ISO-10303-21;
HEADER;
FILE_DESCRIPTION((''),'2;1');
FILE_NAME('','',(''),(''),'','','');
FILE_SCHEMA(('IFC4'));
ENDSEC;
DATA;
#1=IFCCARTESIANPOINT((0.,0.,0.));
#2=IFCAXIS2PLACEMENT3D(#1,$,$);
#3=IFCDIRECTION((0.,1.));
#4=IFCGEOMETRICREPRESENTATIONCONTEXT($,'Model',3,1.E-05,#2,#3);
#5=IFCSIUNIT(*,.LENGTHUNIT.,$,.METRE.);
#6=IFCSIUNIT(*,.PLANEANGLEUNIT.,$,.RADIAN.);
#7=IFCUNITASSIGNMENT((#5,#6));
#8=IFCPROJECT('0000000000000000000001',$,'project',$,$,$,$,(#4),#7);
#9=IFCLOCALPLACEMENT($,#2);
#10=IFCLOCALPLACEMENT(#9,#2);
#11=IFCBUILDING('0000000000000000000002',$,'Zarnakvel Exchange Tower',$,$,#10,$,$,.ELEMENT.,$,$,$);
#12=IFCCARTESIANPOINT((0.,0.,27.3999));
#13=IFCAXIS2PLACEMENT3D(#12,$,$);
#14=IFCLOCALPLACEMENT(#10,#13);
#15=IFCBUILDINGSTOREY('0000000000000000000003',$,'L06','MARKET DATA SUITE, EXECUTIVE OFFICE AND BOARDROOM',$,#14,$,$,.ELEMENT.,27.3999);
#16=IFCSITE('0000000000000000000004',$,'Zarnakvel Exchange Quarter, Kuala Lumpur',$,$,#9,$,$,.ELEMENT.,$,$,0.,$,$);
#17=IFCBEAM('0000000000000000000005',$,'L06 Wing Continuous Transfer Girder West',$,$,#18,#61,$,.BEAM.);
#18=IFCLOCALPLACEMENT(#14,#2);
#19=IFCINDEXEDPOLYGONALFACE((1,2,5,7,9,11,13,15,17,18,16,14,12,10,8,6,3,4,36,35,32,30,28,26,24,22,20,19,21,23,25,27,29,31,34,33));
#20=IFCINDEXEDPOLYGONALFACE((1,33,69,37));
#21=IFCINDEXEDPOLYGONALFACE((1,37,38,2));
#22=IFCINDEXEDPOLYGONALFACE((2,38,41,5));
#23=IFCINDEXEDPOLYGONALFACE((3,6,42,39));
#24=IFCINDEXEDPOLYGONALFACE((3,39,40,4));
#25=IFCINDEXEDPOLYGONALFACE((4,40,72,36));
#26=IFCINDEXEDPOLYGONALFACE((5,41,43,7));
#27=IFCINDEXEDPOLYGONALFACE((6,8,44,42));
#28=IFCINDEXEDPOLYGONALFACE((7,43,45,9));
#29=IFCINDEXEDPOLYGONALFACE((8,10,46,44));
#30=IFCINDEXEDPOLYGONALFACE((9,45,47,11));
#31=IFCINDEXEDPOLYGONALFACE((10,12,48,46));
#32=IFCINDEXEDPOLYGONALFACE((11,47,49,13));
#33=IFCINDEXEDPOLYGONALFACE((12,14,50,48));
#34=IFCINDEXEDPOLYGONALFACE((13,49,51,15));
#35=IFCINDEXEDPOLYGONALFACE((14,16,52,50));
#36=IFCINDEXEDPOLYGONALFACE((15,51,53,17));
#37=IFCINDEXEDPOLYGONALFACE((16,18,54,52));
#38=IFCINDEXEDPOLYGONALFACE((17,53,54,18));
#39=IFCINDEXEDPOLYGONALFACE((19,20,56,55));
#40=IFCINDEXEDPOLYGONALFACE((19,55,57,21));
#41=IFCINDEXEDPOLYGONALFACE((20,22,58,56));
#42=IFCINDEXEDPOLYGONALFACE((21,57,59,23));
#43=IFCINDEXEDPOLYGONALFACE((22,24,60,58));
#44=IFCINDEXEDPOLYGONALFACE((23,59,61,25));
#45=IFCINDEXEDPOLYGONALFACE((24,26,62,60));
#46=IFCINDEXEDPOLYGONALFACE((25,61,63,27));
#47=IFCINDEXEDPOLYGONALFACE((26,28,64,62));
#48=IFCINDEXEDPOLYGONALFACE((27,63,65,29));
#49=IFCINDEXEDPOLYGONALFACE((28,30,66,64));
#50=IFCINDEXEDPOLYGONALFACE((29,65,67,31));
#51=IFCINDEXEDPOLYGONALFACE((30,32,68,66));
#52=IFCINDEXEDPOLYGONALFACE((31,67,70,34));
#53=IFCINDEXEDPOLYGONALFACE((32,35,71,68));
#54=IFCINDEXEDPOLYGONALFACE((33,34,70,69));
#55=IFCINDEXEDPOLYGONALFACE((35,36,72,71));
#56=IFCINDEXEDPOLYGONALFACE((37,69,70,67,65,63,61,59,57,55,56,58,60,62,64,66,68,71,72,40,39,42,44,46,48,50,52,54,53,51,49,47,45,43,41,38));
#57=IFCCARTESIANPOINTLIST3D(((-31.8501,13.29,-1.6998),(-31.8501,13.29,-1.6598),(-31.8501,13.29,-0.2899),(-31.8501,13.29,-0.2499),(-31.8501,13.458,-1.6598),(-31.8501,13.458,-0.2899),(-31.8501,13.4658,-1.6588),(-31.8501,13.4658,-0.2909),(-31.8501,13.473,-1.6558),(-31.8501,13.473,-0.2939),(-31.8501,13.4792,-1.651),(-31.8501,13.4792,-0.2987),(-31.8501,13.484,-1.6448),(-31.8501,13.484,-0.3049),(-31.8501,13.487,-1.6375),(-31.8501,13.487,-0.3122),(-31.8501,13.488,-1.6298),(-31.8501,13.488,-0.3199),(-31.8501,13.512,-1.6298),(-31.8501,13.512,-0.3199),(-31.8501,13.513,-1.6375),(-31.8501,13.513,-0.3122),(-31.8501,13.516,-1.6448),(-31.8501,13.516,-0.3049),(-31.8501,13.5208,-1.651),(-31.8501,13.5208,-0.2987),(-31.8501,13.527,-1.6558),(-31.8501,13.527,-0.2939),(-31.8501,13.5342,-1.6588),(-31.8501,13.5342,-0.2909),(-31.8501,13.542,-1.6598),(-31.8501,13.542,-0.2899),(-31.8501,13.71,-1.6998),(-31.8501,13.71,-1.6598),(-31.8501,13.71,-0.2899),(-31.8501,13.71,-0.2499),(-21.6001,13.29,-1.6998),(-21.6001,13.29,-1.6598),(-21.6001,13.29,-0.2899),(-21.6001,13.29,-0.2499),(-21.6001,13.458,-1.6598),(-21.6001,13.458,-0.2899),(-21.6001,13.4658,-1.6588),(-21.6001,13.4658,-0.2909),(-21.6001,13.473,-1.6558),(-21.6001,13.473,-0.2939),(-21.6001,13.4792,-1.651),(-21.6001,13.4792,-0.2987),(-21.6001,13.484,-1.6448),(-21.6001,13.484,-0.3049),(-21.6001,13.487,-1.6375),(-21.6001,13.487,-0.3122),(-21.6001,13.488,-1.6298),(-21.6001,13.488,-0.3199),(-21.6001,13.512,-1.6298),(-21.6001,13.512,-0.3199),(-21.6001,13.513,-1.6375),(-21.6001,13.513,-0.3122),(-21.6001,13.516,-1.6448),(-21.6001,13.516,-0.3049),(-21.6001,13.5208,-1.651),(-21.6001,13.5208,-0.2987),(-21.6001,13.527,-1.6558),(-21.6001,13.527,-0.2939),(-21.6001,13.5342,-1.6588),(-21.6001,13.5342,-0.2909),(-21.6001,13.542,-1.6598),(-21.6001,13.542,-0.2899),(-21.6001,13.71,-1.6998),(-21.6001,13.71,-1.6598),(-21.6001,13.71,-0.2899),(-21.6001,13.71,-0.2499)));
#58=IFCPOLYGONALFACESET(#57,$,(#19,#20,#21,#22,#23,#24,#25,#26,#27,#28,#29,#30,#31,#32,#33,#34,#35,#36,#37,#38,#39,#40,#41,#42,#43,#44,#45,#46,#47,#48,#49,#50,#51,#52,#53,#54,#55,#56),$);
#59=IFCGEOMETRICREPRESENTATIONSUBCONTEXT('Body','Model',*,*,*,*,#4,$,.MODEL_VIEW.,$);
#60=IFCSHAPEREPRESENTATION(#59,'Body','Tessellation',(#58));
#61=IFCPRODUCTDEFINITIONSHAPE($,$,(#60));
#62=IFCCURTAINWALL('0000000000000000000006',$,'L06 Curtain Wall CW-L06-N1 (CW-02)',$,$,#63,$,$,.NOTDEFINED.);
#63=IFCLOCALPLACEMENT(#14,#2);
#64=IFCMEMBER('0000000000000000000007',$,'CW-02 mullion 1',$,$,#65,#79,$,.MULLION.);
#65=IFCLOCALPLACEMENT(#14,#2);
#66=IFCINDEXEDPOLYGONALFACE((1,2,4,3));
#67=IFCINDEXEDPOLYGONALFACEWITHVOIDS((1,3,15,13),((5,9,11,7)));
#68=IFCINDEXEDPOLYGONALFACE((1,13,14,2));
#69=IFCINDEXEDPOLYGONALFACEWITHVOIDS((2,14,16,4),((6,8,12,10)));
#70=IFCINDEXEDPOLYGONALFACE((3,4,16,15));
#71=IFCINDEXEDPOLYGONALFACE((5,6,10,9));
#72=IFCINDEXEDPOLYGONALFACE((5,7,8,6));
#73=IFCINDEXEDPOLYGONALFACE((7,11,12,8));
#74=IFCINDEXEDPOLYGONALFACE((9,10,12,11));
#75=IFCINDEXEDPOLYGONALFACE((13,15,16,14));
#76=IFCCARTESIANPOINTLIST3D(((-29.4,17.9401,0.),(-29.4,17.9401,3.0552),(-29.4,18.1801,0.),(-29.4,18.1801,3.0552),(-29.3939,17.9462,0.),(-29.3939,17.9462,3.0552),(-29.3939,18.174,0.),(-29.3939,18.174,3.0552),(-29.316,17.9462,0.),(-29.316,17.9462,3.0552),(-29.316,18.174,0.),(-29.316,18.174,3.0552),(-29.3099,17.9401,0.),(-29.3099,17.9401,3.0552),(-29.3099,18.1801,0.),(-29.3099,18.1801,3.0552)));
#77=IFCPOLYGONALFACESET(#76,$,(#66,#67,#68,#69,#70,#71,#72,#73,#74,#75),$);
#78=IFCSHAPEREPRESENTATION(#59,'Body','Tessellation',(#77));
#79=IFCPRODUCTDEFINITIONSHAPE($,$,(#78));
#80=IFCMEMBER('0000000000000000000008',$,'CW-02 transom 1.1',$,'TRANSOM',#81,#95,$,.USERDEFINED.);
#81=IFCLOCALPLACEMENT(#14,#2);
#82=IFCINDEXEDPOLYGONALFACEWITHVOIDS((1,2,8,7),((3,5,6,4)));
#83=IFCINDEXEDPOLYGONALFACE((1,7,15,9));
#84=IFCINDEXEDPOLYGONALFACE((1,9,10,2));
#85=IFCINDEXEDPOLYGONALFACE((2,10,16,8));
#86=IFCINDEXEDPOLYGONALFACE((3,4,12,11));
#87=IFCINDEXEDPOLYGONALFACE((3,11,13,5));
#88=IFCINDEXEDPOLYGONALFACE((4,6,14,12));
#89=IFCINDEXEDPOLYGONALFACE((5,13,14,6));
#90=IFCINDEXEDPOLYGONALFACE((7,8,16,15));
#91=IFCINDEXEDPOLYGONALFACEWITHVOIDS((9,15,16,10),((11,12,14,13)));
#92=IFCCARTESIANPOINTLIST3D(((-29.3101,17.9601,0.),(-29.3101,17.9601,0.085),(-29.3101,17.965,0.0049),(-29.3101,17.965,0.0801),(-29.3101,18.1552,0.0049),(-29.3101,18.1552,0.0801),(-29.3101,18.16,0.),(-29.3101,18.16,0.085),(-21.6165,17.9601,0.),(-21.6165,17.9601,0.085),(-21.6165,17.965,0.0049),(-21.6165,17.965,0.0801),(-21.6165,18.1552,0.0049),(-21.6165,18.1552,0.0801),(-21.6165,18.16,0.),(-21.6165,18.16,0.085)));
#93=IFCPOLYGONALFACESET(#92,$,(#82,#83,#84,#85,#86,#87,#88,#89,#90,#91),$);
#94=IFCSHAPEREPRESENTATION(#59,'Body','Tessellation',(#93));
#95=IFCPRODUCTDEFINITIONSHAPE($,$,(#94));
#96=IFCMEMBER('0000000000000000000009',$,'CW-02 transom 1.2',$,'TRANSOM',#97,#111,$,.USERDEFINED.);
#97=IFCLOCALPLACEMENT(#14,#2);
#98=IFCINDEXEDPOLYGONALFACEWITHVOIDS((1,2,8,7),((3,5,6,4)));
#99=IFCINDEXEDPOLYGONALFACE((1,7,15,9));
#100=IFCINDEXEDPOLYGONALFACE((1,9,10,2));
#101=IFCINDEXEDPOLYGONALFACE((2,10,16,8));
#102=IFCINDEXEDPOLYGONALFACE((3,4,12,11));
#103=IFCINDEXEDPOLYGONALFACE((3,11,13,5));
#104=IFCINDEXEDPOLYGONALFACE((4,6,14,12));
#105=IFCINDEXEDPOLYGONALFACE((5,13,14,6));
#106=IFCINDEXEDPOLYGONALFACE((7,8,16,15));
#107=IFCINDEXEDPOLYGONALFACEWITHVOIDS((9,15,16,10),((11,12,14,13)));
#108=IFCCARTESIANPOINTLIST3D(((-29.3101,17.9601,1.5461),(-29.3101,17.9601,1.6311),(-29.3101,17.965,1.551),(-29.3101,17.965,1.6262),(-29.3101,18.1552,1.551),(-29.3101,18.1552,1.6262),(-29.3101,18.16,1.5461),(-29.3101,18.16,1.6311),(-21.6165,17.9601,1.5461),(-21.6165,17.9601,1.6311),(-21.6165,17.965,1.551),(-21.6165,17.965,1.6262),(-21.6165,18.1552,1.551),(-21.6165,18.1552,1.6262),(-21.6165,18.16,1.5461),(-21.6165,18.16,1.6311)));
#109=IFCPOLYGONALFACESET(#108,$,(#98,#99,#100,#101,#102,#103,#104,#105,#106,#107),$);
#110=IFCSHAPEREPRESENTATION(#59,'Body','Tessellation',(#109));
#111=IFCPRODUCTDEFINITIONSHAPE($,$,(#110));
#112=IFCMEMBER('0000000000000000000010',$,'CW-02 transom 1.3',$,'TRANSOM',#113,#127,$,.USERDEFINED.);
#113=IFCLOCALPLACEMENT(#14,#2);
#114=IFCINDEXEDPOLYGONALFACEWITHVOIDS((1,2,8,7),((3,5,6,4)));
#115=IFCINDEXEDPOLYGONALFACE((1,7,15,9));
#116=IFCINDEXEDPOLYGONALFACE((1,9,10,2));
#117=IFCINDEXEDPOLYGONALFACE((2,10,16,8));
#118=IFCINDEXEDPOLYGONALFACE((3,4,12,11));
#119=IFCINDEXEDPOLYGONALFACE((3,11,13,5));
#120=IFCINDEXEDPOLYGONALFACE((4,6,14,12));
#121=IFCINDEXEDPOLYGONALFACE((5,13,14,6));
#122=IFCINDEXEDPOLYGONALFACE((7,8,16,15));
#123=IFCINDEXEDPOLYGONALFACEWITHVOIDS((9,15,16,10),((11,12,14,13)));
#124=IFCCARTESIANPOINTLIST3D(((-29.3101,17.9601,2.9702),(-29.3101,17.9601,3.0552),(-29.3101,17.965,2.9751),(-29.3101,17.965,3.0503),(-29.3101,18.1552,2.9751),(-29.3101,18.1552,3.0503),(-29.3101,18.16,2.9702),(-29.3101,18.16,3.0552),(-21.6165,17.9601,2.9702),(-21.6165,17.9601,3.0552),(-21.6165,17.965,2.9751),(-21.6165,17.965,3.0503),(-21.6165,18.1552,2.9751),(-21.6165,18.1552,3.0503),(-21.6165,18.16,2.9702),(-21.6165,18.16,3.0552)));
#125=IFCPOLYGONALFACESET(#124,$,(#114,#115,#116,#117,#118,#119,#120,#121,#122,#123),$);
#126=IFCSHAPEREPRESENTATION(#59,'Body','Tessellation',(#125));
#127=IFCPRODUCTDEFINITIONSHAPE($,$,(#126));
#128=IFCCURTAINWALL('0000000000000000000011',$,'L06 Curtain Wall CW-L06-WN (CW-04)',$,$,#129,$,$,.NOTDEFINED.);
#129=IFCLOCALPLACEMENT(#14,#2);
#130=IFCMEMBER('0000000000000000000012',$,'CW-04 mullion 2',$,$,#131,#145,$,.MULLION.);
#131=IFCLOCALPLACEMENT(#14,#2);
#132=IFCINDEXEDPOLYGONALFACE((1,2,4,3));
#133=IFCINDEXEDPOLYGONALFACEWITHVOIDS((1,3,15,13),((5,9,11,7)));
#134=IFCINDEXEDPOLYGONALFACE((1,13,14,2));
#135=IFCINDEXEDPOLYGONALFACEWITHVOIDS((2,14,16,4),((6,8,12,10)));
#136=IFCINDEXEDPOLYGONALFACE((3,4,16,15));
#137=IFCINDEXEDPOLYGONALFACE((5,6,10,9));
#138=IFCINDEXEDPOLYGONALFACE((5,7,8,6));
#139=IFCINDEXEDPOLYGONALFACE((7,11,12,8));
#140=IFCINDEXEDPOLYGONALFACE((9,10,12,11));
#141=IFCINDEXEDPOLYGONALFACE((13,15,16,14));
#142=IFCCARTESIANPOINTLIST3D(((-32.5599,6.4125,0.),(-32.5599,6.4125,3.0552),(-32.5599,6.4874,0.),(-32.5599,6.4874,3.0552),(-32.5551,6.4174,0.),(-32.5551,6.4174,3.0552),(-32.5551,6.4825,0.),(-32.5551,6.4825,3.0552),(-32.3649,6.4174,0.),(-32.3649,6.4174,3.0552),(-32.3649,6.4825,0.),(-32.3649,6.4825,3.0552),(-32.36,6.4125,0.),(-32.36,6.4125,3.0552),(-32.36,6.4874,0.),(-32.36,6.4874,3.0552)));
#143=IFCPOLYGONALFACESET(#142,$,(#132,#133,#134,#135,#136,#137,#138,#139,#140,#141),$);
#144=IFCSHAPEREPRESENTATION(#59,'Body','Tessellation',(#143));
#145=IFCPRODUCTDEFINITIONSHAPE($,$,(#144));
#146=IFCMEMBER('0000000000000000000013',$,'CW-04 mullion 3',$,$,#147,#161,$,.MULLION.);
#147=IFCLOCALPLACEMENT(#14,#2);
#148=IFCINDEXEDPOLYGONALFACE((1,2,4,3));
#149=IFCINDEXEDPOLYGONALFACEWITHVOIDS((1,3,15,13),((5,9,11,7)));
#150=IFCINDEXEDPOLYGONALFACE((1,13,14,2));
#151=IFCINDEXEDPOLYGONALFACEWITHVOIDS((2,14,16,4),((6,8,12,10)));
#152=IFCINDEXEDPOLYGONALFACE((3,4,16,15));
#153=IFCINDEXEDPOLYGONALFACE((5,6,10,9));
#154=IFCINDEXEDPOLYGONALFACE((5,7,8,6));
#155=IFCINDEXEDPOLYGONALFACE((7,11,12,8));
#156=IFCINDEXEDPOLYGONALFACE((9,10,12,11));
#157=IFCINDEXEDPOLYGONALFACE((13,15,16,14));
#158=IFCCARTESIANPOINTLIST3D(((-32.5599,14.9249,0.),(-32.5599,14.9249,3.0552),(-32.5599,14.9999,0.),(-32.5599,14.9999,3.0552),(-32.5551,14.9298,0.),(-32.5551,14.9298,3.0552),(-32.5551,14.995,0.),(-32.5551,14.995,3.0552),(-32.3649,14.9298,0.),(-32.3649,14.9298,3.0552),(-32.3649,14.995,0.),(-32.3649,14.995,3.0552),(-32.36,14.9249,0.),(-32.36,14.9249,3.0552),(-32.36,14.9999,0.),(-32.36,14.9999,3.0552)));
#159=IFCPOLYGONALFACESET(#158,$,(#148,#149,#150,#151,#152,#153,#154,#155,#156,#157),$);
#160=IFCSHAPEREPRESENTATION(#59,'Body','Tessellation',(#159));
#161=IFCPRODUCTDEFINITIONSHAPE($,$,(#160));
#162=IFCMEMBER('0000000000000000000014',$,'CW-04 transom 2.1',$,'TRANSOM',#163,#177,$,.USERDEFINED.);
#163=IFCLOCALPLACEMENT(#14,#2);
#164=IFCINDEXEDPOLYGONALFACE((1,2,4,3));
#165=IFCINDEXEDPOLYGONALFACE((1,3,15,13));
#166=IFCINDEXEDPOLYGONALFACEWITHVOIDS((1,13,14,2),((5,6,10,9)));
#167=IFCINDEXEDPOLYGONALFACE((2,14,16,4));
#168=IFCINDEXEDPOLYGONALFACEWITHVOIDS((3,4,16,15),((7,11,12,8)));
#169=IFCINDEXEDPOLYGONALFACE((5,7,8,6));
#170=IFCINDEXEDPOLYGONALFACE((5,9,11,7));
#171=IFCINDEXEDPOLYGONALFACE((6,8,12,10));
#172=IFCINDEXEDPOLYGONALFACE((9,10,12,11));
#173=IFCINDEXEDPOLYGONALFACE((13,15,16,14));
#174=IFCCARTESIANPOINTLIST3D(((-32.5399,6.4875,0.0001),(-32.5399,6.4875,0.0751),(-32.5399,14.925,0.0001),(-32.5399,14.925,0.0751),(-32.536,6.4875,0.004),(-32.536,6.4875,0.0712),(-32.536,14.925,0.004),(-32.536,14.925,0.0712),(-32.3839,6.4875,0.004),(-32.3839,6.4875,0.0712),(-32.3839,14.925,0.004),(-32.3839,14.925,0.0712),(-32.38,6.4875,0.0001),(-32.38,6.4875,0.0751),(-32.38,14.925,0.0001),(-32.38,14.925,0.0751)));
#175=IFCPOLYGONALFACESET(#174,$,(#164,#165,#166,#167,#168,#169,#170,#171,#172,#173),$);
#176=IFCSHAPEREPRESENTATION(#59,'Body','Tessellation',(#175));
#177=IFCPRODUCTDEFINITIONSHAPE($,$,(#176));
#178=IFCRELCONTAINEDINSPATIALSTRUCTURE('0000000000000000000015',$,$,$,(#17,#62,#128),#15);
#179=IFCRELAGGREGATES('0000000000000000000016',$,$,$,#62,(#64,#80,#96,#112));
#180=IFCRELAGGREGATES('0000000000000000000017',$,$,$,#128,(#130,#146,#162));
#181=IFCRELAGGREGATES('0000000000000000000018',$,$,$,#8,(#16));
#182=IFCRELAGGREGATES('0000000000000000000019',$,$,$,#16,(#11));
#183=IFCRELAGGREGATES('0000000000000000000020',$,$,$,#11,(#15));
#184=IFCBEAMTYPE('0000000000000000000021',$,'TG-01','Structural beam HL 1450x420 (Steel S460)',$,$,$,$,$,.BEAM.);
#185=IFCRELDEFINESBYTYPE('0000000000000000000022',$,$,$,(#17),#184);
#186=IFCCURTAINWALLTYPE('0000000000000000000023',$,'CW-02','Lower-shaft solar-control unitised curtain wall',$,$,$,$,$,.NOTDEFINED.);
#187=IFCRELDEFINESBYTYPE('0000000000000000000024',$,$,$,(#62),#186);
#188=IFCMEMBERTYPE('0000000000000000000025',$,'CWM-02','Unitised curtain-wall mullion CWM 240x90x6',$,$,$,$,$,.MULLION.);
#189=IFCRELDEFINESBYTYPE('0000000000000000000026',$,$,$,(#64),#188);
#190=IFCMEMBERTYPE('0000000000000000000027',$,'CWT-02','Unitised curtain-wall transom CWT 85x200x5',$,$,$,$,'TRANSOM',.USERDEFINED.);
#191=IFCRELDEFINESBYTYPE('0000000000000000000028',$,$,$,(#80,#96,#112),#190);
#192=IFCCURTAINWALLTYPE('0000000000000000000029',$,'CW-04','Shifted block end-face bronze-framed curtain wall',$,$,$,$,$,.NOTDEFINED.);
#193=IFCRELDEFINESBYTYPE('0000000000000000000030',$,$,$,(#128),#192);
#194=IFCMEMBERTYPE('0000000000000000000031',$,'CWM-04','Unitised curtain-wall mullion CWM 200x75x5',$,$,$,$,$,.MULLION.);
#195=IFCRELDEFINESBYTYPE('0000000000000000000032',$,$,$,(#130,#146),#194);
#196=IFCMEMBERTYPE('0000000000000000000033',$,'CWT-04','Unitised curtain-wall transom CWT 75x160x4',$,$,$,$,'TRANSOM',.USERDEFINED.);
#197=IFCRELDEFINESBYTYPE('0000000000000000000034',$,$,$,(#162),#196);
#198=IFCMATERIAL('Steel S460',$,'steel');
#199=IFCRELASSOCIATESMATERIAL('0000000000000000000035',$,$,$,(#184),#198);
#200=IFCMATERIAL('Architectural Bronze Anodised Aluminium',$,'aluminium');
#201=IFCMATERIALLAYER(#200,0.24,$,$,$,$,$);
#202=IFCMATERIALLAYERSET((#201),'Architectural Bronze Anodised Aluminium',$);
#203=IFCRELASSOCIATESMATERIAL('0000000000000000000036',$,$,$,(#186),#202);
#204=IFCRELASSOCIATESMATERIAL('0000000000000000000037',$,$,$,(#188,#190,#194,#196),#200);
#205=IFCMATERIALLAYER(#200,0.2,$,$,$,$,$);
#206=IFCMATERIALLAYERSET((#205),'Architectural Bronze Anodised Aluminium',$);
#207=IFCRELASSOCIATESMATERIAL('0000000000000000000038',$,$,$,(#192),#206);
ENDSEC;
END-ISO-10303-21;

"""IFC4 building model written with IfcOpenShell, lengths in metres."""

from ifc_helpers import new_model, si_unit, direction, frame, origin, origin_2d, place, context, subcontext, project, spatial, hollow_rectangle, i_section, extrude, source, transform, mapped, material, layer, layer_set, material_profile, profile_set, type_object, element, aggregate, save


model = new_model("IFC4")

# Units and contexts
model_context = context("Model", 3, precision=1e-05, world=origin(), true_north=direction((0.0, 1.0)))
body_context = subcontext(model_context, "Body", "Model", "MODEL_VIEW")
ifc_project = project(units=[si_unit("LENGTHUNIT", "METRE"), si_unit("PLANEANGLEUNIT", "RADIAN")], contexts=[model_context])

# Site, building, storey
site_placement = place(None, origin())
site = spatial("IfcSite", under=ifc_project, at=site_placement, Name="Zarnakvel Exchange Quarter, Kuala Lumpur", CompositionType="ELEMENT", RefElevation=0.0)
building_placement = place(site_placement, origin())
building = spatial("IfcBuilding", under=site, at=building_placement, Name="Zarnakvel Exchange Tower", CompositionType="ELEMENT")
storey_placement = place(building_placement, frame((0.0, 0.0, 27.3999)))
storey = spatial("IfcBuildingStorey", under=building, at=storey_placement, Name="L06", Description="MARKET DATA SUITE, EXECUTIVE OFFICE AND BOARDROOM", CompositionType="ELEMENT", Elevation=27.3999)

# Beam
ifc_material_1 = material(Name="Steel S460", Category="steel")
ifc_material_profile_1 = material_profile(ifc_material_1, i_section(OverallWidth=0.4199, OverallDepth=1.45, WebThickness=0.0239, FlangeThickness=0.04, FilletRadius=0.03, at=origin_2d()))
ifc_profile_set_1 = profile_set([ifc_material_profile_1], Name="Steel S460")
beam_type_1 = type_object("IfcBeamType", Name="TG-01", Description="Structural beam HL 1450x420 (Steel S460)", PredefinedType="BEAM", material=ifc_profile_set_1)
for number, where, z_axis, x_axis, name in (
    (1, (-31.8501, 13.5, -0.9749), (1.0, 0.0, 0.0), (0.0, 1.0, 0.0), "L06 Wing Continuous Transfer Girder West"),
):
    element("IfcBeam", number, at=place(storey_placement, frame(where, z_axis=z_axis, x_axis=x_axis)), inside=storey, type_object=beam_type_1, Name=name, PredefinedType="BEAM", context=body_context, shape_type="SweptSolid", body=[
        extrude(i_section(OverallWidth=0.4199, OverallDepth=1.45, WebThickness=0.0239, FlangeThickness=0.04, FilletRadius=0.03, at=origin_2d()), origin(), (0.0, 0.0, 1.0), 10.25),
    ])

# Curtain walls, members
ifc_material_2 = material(Name="Architectural Bronze Anodised Aluminium", Category="aluminium")
ifc_layer_1 = layer(ifc_material_2, 0.24)
ifc_layer_set_1 = layer_set([ifc_layer_1], Name="Architectural Bronze Anodised Aluminium")
curtain_wall_type_1 = type_object("IfcCurtainWallType", Name="CW-02", Description="Lower-shaft solar-control unitised curtain wall", PredefinedType="NOTDEFINED", material=ifc_layer_set_1)
curtain_wall_1_placement = place(storey_placement, origin())
curtain_wall_1 = element("IfcCurtainWall", 2, at=curtain_wall_1_placement, inside=storey, type_object=curtain_wall_type_1, Name="L06 Curtain Wall CW-L06-N1 (CW-02)", PredefinedType="NOTDEFINED")
ifc_material_profile_2 = material_profile(ifc_material_2, hollow_rectangle(XDim=0.24, YDim=0.0901, WallThickness=0.0061, at=origin_2d()))
ifc_profile_set_2 = profile_set([ifc_material_profile_2], Name="Architectural Bronze Anodised Aluminium")
member_type_1 = type_object("IfcMemberType", Name="CWM-02", Description="Unitised curtain-wall mullion CWM 240x90x6", PredefinedType="MULLION", material=ifc_profile_set_2)
shared_shape_1 = source(origin(), body_context, "Body", "SweptSolid", [
    extrude(hollow_rectangle(XDim=0.24, YDim=0.0901, WallThickness=0.0061, at=origin_2d()), origin(), (0.0, 0.0, 1.0), 3.0552),
])
member_1_placement = place(storey_placement, frame((-29.355, 18.0601, 0.0), z_axis=(0.0, 0.0, 1.0), x_axis=(0.0, 1.0, 0.0)))
member_1 = element("IfcMember", 3, at=member_1_placement, type_object=member_type_1, Name="CW-02 mullion 1", PredefinedType="MULLION", context=body_context, shape_type="MappedRepresentation", body=[
    mapped(shared_shape_1, transform((0.0, 0.0, 0.0), x_axis=(1.0, 0.0, 0.0), y_axis=(0.0, 1.0, 0.0), z_axis=(0.0, 0.0, 1.0), scale=1.0)),
])
ifc_material_profile_3 = material_profile(ifc_material_2, hollow_rectangle(XDim=0.2, YDim=0.085, WallThickness=0.0049, at=origin_2d()))
ifc_profile_set_3 = profile_set([ifc_material_profile_3], Name="Architectural Bronze Anodised Aluminium")
member_type_2 = type_object("IfcMemberType", Name="CWT-02", Description="Unitised curtain-wall transom CWT 85x200x5", ElementType="TRANSOM", PredefinedType="USERDEFINED", material=ifc_profile_set_3)
shared_shape_2 = source(origin(), body_context, "Body", "SweptSolid", [
    extrude(hollow_rectangle(XDim=0.2, YDim=0.085, WallThickness=0.0049, at=origin_2d()), origin(), (0.0, 0.0, 1.0), 7.6936),
])
member_2_placement = place(storey_placement, frame((-29.3101, 18.0601, 0.0425), z_axis=(1.0, 0.0, 0.0), x_axis=(0.0, 1.0, 0.0)))
member_2 = element("IfcMember", 4, at=member_2_placement, type_object=member_type_2, Name="CW-02 transom 1.1", ObjectType="TRANSOM", PredefinedType="USERDEFINED", context=body_context, shape_type="MappedRepresentation", body=[
    mapped(shared_shape_2, transform((0.0, 0.0, 0.0), x_axis=(1.0, 0.0, 0.0), y_axis=(0.0, 1.0, 0.0), z_axis=(0.0, 0.0, 1.0), scale=1.0)),
])
member_3_placement = place(storey_placement, frame((-29.3101, 18.0601, 1.5886), z_axis=(1.0, 0.0, 0.0), x_axis=(0.0, 1.0, 0.0)))
member_3 = element("IfcMember", 5, at=member_3_placement, type_object=member_type_2, Name="CW-02 transom 1.2", ObjectType="TRANSOM", PredefinedType="USERDEFINED", context=body_context, shape_type="MappedRepresentation", body=[
    mapped(shared_shape_2, transform((0.0, 0.0, 0.0), x_axis=(1.0, 0.0, 0.0), y_axis=(0.0, 1.0, 0.0), z_axis=(0.0, 0.0, 1.0), scale=1.0)),
])
member_4_placement = place(storey_placement, frame((-29.3101, 18.0601, 3.0127), z_axis=(1.0, 0.0, 0.0), x_axis=(0.0, 1.0, 0.0)))
member_4 = element("IfcMember", 6, at=member_4_placement, type_object=member_type_2, Name="CW-02 transom 1.3", ObjectType="TRANSOM", PredefinedType="USERDEFINED", context=body_context, shape_type="MappedRepresentation", body=[
    mapped(shared_shape_2, transform((0.0, 0.0, 0.0), x_axis=(1.0, 0.0, 0.0), y_axis=(0.0, 1.0, 0.0), z_axis=(0.0, 0.0, 1.0), scale=1.0)),
])
ifc_layer_2 = layer(ifc_material_2, 0.2)
ifc_layer_set_2 = layer_set([ifc_layer_2], Name="Architectural Bronze Anodised Aluminium")
curtain_wall_type_2 = type_object("IfcCurtainWallType", Name="CW-04", Description="Shifted block end-face bronze-framed curtain wall", PredefinedType="NOTDEFINED", material=ifc_layer_set_2)
curtain_wall_2_placement = place(storey_placement, origin())
curtain_wall_2 = element("IfcCurtainWall", 7, at=curtain_wall_2_placement, inside=storey, type_object=curtain_wall_type_2, Name="L06 Curtain Wall CW-L06-WN (CW-04)", PredefinedType="NOTDEFINED")
ifc_material_profile_4 = material_profile(ifc_material_2, hollow_rectangle(XDim=0.2, YDim=0.075, WallThickness=0.0049, at=origin_2d()))
ifc_profile_set_4 = profile_set([ifc_material_profile_4], Name="Architectural Bronze Anodised Aluminium")
member_type_3 = type_object("IfcMemberType", Name="CWM-04", Description="Unitised curtain-wall mullion CWM 200x75x5", PredefinedType="MULLION", material=ifc_profile_set_4)
shared_shape_3 = source(origin(), body_context, "Body", "SweptSolid", [
    extrude(hollow_rectangle(XDim=0.2, YDim=0.075, WallThickness=0.0049, at=origin_2d()), origin(), (0.0, 0.0, 1.0), 3.0552),
])
member_5_placement = place(storey_placement, frame((-32.46, 6.45, 0.0), z_axis=(0.0, 0.0, 1.0), x_axis=(-1.0, 0.0, 0.0)))
member_5 = element("IfcMember", 8, at=member_5_placement, type_object=member_type_3, Name="CW-04 mullion 2", PredefinedType="MULLION", context=body_context, shape_type="MappedRepresentation", body=[
    mapped(shared_shape_3, transform((0.0, 0.0, 0.0), x_axis=(1.0, 0.0, 0.0), y_axis=(0.0, 1.0, 0.0), z_axis=(0.0, 0.0, 1.0), scale=1.0)),
])
member_6_placement = place(storey_placement, frame((-32.46, 14.9624, 0.0), z_axis=(0.0, 0.0, 1.0), x_axis=(-1.0, 0.0, 0.0)))
member_6 = element("IfcMember", 9, at=member_6_placement, type_object=member_type_3, Name="CW-04 mullion 3", PredefinedType="MULLION", context=body_context, shape_type="MappedRepresentation", body=[
    mapped(shared_shape_3, transform((0.0, 0.0, 0.0), x_axis=(1.0, 0.0, 0.0), y_axis=(0.0, 1.0, 0.0), z_axis=(0.0, 0.0, 1.0), scale=1.0)),
])
ifc_material_profile_5 = material_profile(ifc_material_2, hollow_rectangle(XDim=0.1599, YDim=0.075, WallThickness=0.0039, at=origin_2d()))
ifc_profile_set_5 = profile_set([ifc_material_profile_5], Name="Architectural Bronze Anodised Aluminium")
member_type_4 = type_object("IfcMemberType", Name="CWT-04", Description="Unitised curtain-wall transom CWT 75x160x4", ElementType="TRANSOM", PredefinedType="USERDEFINED", material=ifc_profile_set_5)
shared_shape_4 = source(origin(), body_context, "Body", "SweptSolid", [
    extrude(hollow_rectangle(XDim=0.1599, YDim=0.075, WallThickness=0.0039, at=origin_2d()), origin(), (0.0, 0.0, 1.0), 8.4375),
])
member_7_placement = place(storey_placement, frame((-32.46, 6.4875, 0.0376), z_axis=(0.0, 1.0, 0.0), x_axis=(-1.0, 0.0, 0.0)))
member_7 = element("IfcMember", 10, at=member_7_placement, type_object=member_type_4, Name="CW-04 transom 2.1", ObjectType="TRANSOM", PredefinedType="USERDEFINED", context=body_context, shape_type="MappedRepresentation", body=[
    mapped(shared_shape_4, transform((0.0, 0.0, 0.0), x_axis=(1.0, 0.0, 0.0), y_axis=(0.0, 1.0, 0.0), z_axis=(0.0, 0.0, 1.0), scale=1.0)),
])

aggregate(curtain_wall_1, [member_1, member_2, member_3, member_4])
aggregate(curtain_wall_2, [member_5, member_6, member_7])

save(model, "model.ifc")
